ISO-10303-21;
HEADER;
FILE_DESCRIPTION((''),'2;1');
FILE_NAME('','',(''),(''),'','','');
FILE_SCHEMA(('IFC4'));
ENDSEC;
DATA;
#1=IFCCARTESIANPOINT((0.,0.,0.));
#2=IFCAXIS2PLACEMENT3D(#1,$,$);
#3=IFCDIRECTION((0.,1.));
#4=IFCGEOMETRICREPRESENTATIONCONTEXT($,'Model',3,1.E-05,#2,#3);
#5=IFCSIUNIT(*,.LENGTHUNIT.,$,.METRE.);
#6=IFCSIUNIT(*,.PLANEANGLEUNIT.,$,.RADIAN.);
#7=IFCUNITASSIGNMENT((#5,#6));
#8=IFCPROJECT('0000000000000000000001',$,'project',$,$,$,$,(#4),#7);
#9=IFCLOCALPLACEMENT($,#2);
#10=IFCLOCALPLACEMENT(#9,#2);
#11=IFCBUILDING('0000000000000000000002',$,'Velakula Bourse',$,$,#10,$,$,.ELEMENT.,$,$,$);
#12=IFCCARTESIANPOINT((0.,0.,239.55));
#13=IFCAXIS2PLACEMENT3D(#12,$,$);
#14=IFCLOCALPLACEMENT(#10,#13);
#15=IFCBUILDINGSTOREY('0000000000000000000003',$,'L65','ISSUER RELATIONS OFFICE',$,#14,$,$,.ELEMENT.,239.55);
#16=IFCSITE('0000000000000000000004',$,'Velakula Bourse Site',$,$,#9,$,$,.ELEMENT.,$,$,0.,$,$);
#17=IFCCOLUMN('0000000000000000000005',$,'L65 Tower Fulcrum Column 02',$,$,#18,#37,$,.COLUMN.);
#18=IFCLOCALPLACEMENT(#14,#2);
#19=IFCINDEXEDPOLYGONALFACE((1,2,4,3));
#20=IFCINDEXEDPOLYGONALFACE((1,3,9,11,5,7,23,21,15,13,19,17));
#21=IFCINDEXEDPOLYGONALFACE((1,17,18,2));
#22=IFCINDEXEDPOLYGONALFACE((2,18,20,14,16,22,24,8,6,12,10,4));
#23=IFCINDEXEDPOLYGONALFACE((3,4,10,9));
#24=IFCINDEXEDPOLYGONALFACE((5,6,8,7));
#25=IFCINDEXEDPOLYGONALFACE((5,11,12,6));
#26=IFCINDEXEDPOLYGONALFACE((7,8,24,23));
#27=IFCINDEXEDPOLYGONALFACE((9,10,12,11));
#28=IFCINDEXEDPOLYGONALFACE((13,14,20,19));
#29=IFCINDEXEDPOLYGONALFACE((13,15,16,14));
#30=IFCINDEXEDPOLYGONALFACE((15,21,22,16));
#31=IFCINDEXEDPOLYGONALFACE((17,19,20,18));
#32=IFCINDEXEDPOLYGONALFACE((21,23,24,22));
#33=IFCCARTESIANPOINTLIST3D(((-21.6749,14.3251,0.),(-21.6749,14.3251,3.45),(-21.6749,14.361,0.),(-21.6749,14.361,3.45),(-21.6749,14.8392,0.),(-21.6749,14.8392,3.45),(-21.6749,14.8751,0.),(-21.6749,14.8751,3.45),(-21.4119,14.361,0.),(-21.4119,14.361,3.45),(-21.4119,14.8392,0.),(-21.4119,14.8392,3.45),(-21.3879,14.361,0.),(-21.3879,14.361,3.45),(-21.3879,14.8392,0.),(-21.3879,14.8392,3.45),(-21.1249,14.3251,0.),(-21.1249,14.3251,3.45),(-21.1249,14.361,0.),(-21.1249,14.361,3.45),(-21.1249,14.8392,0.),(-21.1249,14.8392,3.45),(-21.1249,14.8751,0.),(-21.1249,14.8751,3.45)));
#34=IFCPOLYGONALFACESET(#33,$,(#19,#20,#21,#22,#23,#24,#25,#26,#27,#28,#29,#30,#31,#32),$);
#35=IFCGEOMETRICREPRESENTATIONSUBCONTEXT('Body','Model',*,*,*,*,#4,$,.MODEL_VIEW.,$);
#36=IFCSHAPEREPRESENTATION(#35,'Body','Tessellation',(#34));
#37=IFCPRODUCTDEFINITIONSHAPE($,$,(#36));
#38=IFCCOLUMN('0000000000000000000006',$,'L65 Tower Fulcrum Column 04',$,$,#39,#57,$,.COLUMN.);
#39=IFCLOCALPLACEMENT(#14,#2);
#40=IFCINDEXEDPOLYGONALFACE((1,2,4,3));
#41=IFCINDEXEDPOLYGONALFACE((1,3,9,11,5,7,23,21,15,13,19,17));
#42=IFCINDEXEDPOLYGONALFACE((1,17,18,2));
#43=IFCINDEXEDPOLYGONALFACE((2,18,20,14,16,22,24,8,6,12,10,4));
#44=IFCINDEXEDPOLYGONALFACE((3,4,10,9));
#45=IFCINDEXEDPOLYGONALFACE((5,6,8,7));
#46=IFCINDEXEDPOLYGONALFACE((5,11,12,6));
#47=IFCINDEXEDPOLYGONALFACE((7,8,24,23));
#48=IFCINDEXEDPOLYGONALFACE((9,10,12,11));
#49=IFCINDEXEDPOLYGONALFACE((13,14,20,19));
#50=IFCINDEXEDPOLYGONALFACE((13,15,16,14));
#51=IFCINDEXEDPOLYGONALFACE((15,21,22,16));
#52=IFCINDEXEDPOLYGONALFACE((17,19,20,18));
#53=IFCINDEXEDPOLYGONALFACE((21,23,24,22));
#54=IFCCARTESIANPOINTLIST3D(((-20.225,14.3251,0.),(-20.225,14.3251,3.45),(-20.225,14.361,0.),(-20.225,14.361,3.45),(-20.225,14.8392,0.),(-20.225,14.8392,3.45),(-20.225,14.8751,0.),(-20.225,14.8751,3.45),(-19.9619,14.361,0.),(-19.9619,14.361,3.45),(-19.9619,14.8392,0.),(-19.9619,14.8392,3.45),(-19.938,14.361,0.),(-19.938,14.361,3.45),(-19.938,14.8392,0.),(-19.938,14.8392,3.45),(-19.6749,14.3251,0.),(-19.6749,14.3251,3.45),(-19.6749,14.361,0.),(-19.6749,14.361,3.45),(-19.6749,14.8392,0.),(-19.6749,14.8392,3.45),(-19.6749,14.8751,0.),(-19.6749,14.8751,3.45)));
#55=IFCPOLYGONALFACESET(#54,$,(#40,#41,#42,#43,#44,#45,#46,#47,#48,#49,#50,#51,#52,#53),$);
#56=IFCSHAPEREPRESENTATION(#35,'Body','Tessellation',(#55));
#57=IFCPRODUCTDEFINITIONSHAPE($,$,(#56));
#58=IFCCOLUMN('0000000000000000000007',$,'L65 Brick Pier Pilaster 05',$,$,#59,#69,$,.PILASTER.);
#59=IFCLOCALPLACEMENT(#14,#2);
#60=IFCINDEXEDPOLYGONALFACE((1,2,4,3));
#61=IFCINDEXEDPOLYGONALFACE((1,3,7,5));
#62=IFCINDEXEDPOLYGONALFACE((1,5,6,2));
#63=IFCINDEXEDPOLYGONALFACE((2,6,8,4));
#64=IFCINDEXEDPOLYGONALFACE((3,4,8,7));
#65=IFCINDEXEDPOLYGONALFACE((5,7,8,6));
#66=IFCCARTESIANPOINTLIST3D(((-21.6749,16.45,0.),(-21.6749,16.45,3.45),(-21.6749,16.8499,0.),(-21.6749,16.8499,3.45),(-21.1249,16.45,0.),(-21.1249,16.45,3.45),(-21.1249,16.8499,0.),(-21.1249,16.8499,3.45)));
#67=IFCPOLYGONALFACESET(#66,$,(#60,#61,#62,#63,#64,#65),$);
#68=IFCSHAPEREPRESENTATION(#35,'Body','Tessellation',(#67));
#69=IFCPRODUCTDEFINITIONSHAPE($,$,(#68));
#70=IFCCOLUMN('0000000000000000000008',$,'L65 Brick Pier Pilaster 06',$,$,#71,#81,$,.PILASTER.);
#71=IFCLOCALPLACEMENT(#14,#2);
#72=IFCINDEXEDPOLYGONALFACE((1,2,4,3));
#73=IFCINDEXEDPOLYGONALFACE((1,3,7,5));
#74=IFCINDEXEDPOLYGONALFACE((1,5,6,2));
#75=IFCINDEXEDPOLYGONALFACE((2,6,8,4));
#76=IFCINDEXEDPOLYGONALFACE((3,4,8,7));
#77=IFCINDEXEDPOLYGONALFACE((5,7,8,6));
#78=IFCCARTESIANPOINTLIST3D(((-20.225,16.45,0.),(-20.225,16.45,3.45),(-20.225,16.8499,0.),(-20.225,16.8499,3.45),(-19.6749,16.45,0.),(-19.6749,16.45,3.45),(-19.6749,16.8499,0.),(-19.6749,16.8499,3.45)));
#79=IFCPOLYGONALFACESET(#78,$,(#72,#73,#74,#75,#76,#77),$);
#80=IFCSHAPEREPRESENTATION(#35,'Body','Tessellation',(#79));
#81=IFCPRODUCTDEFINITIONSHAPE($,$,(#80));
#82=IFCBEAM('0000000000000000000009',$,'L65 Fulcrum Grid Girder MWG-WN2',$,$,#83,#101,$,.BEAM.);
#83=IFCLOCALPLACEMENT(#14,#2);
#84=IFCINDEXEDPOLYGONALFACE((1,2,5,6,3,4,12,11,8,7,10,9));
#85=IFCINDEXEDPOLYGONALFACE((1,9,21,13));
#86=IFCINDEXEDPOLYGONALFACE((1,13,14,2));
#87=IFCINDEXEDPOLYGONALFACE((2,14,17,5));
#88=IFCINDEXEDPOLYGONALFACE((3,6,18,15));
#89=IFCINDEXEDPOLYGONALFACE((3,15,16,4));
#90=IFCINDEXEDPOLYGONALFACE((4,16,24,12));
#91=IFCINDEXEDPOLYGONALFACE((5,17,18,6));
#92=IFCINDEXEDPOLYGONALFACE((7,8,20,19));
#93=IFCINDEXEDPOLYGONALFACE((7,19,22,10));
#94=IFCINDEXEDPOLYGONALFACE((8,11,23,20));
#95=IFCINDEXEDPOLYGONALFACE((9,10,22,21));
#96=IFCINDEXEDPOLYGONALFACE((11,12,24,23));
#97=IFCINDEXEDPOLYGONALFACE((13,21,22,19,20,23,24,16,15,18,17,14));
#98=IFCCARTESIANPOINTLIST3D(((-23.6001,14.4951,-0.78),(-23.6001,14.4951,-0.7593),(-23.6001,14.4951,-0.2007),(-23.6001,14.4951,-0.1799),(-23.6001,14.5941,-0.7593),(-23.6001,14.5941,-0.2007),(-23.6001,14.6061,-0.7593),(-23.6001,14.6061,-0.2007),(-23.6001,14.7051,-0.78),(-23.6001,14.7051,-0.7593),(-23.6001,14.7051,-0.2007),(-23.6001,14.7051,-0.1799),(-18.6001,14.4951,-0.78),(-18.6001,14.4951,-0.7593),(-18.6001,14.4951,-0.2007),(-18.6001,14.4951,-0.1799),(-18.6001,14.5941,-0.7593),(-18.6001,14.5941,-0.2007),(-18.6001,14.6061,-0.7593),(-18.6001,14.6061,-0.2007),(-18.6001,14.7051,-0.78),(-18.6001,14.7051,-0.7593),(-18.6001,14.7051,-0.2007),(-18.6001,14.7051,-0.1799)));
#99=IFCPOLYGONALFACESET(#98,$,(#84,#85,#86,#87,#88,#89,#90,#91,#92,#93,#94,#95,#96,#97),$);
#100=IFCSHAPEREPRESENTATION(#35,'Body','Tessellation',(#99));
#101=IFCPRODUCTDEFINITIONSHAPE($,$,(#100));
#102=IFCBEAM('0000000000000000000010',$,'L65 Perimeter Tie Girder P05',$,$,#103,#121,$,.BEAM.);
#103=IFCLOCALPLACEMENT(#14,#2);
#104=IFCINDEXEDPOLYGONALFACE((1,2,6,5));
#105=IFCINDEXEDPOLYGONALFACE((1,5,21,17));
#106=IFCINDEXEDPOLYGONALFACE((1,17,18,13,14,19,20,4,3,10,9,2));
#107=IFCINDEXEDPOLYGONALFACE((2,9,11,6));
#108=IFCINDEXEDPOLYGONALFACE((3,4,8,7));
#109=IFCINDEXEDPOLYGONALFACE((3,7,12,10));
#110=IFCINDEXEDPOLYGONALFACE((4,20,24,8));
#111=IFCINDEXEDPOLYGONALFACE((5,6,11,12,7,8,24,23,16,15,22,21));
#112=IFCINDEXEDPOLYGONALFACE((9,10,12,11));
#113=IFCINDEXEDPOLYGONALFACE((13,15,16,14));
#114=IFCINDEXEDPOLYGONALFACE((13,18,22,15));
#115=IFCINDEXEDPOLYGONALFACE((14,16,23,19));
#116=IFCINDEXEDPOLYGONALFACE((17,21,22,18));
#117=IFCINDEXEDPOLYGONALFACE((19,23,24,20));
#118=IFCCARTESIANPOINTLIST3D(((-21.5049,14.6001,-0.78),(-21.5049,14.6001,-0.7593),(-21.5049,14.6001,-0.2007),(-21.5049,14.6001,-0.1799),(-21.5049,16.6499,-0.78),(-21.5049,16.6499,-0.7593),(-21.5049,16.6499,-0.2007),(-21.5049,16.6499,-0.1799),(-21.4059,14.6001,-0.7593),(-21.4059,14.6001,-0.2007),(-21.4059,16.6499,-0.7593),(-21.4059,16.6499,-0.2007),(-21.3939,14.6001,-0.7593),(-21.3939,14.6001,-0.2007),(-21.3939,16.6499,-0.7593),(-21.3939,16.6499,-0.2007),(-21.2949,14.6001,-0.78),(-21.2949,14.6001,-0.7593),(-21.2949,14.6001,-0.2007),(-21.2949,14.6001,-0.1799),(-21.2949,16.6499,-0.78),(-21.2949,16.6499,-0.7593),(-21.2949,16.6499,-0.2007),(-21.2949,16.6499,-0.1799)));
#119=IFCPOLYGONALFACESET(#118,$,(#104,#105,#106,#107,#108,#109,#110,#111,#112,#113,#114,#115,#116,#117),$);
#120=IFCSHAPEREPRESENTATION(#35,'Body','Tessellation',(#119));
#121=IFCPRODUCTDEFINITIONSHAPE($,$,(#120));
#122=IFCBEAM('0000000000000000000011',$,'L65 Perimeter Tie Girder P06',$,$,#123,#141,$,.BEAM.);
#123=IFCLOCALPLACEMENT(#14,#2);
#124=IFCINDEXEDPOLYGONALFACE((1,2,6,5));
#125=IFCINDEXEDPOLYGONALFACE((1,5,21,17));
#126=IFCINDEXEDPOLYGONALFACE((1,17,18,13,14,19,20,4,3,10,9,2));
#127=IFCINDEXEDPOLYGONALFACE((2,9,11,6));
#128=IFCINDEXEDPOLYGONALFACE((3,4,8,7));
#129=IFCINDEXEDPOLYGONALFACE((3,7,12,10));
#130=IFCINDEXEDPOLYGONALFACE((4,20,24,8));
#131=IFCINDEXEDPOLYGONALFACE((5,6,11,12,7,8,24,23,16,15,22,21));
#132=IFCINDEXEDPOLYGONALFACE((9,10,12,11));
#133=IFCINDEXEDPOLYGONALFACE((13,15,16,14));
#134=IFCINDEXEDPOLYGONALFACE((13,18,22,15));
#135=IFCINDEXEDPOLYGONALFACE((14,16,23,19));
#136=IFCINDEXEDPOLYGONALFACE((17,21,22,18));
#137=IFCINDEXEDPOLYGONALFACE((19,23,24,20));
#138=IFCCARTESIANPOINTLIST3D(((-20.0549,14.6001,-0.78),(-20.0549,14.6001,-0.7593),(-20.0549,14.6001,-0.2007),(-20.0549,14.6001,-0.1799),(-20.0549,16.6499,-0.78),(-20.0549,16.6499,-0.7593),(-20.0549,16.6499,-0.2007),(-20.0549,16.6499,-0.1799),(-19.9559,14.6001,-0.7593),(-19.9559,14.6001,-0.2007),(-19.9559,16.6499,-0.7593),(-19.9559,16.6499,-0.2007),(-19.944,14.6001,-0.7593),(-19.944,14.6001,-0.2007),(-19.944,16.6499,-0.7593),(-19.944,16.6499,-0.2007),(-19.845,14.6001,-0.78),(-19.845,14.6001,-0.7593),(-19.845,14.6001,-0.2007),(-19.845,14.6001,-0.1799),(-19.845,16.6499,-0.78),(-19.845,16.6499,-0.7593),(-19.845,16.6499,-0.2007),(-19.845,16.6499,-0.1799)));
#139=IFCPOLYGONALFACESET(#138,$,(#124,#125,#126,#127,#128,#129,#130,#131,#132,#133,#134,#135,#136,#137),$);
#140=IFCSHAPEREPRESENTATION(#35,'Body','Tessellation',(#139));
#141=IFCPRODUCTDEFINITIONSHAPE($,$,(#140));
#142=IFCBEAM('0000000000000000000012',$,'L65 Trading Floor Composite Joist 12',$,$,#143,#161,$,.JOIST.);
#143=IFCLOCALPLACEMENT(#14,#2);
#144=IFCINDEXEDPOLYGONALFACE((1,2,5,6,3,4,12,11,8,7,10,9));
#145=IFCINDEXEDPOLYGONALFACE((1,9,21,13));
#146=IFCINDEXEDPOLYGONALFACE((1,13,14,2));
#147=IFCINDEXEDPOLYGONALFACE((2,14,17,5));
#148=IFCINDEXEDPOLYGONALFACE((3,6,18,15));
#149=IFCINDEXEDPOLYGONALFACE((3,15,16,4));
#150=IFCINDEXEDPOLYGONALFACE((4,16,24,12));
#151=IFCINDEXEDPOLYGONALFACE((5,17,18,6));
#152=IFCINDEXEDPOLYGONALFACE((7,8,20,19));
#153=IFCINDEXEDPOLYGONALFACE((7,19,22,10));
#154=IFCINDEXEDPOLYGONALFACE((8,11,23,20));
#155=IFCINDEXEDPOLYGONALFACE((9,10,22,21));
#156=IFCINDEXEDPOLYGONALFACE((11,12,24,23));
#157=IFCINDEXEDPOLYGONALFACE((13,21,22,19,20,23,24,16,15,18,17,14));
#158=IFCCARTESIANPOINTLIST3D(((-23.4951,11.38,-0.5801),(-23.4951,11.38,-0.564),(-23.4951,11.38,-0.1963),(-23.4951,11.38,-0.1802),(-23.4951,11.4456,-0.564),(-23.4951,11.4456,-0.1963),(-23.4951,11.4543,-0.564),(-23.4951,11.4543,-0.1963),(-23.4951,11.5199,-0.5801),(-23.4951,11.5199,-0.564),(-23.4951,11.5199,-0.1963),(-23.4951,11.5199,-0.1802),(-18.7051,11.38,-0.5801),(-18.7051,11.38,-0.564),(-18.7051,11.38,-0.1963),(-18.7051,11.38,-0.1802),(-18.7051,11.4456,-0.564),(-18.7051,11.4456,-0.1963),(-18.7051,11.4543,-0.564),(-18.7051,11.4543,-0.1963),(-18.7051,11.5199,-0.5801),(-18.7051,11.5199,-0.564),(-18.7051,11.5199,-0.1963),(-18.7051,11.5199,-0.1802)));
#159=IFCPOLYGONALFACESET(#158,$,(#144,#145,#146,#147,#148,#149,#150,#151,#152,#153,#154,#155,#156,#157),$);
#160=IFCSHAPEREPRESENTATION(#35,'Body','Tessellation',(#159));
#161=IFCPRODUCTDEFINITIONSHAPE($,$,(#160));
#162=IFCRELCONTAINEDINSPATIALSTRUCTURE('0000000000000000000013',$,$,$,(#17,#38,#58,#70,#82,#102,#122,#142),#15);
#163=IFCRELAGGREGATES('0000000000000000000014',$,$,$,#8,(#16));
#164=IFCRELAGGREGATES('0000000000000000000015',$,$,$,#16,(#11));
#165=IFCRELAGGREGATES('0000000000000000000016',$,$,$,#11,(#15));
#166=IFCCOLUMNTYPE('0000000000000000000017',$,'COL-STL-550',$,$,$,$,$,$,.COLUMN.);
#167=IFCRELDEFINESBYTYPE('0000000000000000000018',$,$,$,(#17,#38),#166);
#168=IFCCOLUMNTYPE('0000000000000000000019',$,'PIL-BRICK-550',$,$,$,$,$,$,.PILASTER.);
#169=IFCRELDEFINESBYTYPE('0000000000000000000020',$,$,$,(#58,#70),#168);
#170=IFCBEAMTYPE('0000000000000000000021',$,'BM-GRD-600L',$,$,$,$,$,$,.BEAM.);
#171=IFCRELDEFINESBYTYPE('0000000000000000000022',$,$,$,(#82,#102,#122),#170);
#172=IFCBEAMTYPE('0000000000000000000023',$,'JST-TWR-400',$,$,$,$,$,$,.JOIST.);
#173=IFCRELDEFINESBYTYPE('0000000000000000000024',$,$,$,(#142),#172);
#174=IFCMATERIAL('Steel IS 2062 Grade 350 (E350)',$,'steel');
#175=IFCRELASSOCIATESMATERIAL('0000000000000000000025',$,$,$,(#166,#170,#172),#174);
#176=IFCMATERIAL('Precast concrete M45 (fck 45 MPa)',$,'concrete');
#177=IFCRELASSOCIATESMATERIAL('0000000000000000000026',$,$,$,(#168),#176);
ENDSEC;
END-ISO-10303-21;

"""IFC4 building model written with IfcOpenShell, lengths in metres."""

from ifc_helpers import new_model, si_unit, direction, frame, origin, origin_2d, place, context, subcontext, project, spatial, rectangle, i_section, extrude, material, material_profile, profile_set, type_object, element, save


model = new_model("IFC4")

# Units and contexts
model_context = context("Model", 3, precision=1e-05, world=origin(), true_north=direction((0.0, 1.0)))
body_context = subcontext(model_context, "Body", "Model", "MODEL_VIEW")
ifc_project = project(units=[si_unit("LENGTHUNIT", "METRE"), si_unit("PLANEANGLEUNIT", "RADIAN")], contexts=[model_context])

# Site, building, storey
site_placement = place(None, origin())
site = spatial("IfcSite", under=ifc_project, at=site_placement, Name="Velakula Bourse Site", CompositionType="ELEMENT", RefElevation=0.0)
building_placement = place(site_placement, origin())
building = spatial("IfcBuilding", under=site, at=building_placement, Name="Velakula Bourse", CompositionType="ELEMENT")
storey_placement = place(building_placement, frame((0.0, 0.0, 239.55)))
storey = spatial("IfcBuildingStorey", under=building, at=storey_placement, Name="L65", Description="ISSUER RELATIONS OFFICE", CompositionType="ELEMENT", Elevation=239.55)

# Columns
ifc_material_1 = material(Name="Steel IS 2062 Grade 350 (E350)", Category="steel")
ifc_material_profile_1 = material_profile(ifc_material_1, i_section(OverallWidth=0.55, OverallDepth=0.55, WebThickness=0.0239, FlangeThickness=0.0359, at=origin_2d()), Name="Steel IS 2062 Grade 350 (E350)")
ifc_profile_set_1 = profile_set([ifc_material_profile_1], Name="Steel IS 2062 Grade 350 (E350)")
column_type_1 = type_object("IfcColumnType", Name="COL-STL-550", PredefinedType="COLUMN", material=ifc_profile_set_1)
for number, where, z_axis, x_axis, name in (
    (1, (-21.3999, 14.6001, 0.0), (0.0, 0.0, 1.0), (1.0, 0.0, 0.0), "L65 Tower Fulcrum Column 02"),
    (2, (-19.95, 14.6001, 0.0), (0.0, 0.0, 1.0), (1.0, 0.0, 0.0), "L65 Tower Fulcrum Column 04"),
):
    element("IfcColumn", number, at=place(storey_placement, frame(where, z_axis=z_axis, x_axis=x_axis)), inside=storey, type_object=column_type_1, Name=name, PredefinedType="COLUMN", context=body_context, shape_type="SweptSolid", body=[
        extrude(i_section(OverallWidth=0.55, OverallDepth=0.55, WebThickness=0.0239, FlangeThickness=0.0359, at=origin_2d()), origin(), (0.0, 0.0, 1.0), 3.45),
    ])
ifc_material_2 = material(Name="Precast concrete M45 (fck 45 MPa)", Category="concrete")
ifc_material_profile_2 = material_profile(ifc_material_2, rectangle(XDim=0.55, YDim=0.3999, at=origin_2d()), Name="Precast concrete M45 (fck 45 MPa)")
ifc_profile_set_2 = profile_set([ifc_material_profile_2], Name="Precast concrete M45 (fck 45 MPa)")
column_type_2 = type_object("IfcColumnType", Name="PIL-BRICK-550", PredefinedType="PILASTER", material=ifc_profile_set_2)
for number, where, z_axis, x_axis, name in (
    (3, (-21.3999, 16.6499, 0.0), (0.0, 0.0, 1.0), (1.0, 0.0, 0.0), "L65 Brick Pier Pilaster 05"),
    (4, (-19.95, 16.6499, 0.0), (0.0, 0.0, 1.0), (1.0, 0.0, 0.0), "L65 Brick Pier Pilaster 06"),
):
    element("IfcColumn", number, at=place(storey_placement, frame(where, z_axis=z_axis, x_axis=x_axis)), inside=storey, type_object=column_type_2, Name=name, PredefinedType="PILASTER", context=body_context, shape_type="SweptSolid", body=[
        extrude(rectangle(XDim=0.55, YDim=0.3999, at=origin_2d()), origin(), (0.0, 0.0, 1.0), 3.45),
    ])

# Beams
ifc_material_profile_3 = material_profile(ifc_material_1, i_section(OverallWidth=0.21, OverallDepth=0.6001, WebThickness=0.012, FlangeThickness=0.0208, at=origin_2d()), Name="Steel IS 2062 Grade 350 (E350)")
ifc_profile_set_3 = profile_set([ifc_material_profile_3], Name="Steel IS 2062 Grade 350 (E350)")
beam_type_1 = type_object("IfcBeamType", Name="BM-GRD-600L", PredefinedType="BEAM", material=ifc_profile_set_3)
beam_1_placement = place(storey_placement, frame((-23.6001, 14.6001, -0.48), z_axis=(1.0, 0.0, 0.0), x_axis=(0.0, 1.0, 0.0)))
element("IfcBeam", 5, at=beam_1_placement, inside=storey, type_object=beam_type_1, Name="L65 Fulcrum Grid Girder MWG-WN2", PredefinedType="BEAM", context=body_context, shape_type="SweptSolid", body=[
    extrude(i_section(OverallWidth=0.21, OverallDepth=0.6001, WebThickness=0.012, FlangeThickness=0.0208, at=origin_2d()), origin(), (0.0, 0.0, 1.0), 5.0),
])
for number, where, z_axis, x_axis, name in (
    (6, (-21.3999, 14.6001, -0.48), (0.0, 1.0, 0.0), (-1.0, 0.0, 0.0), "L65 Perimeter Tie Girder P05"),
    (7, (-19.95, 14.6001, -0.48), (0.0, 1.0, 0.0), (-1.0, 0.0, 0.0), "L65 Perimeter Tie Girder P06"),
):
    element("IfcBeam", number, at=place(storey_placement, frame(where, z_axis=z_axis, x_axis=x_axis)), inside=storey, type_object=beam_type_1, Name=name, PredefinedType="BEAM", context=body_context, shape_type="SweptSolid", body=[
        extrude(i_section(OverallWidth=0.21, OverallDepth=0.6001, WebThickness=0.012, FlangeThickness=0.0208, at=origin_2d()), origin(), (0.0, 0.0, 1.0), 2.0498),
    ])
ifc_material_profile_4 = material_profile(ifc_material_1, i_section(OverallWidth=0.1399, OverallDepth=0.3999, WebThickness=0.0088, FlangeThickness=0.0161, at=origin_2d()), Name="Steel IS 2062 Grade 350 (E350)")
ifc_profile_set_4 = profile_set([ifc_material_profile_4], Name="Steel IS 2062 Grade 350 (E350)")
beam_type_2 = type_object("IfcBeamType", Name="JST-TWR-400", PredefinedType="JOIST", material=ifc_profile_set_4)
beam_2_placement = place(storey_placement, frame((-23.4951, 11.45, -0.3801), z_axis=(1.0, 0.0, 0.0), x_axis=(0.0, 1.0, 0.0)))
element("IfcBeam", 8, at=beam_2_placement, inside=storey, type_object=beam_type_2, Name="L65 Trading Floor Composite Joist 12", PredefinedType="JOIST", context=body_context, shape_type="SweptSolid", body=[
    extrude(i_section(OverallWidth=0.1399, OverallDepth=0.3999, WebThickness=0.0088, FlangeThickness=0.0161, at=origin_2d()), origin(), (0.0, 0.0, 1.0), 4.79),
])

save(model, "model.ifc")
